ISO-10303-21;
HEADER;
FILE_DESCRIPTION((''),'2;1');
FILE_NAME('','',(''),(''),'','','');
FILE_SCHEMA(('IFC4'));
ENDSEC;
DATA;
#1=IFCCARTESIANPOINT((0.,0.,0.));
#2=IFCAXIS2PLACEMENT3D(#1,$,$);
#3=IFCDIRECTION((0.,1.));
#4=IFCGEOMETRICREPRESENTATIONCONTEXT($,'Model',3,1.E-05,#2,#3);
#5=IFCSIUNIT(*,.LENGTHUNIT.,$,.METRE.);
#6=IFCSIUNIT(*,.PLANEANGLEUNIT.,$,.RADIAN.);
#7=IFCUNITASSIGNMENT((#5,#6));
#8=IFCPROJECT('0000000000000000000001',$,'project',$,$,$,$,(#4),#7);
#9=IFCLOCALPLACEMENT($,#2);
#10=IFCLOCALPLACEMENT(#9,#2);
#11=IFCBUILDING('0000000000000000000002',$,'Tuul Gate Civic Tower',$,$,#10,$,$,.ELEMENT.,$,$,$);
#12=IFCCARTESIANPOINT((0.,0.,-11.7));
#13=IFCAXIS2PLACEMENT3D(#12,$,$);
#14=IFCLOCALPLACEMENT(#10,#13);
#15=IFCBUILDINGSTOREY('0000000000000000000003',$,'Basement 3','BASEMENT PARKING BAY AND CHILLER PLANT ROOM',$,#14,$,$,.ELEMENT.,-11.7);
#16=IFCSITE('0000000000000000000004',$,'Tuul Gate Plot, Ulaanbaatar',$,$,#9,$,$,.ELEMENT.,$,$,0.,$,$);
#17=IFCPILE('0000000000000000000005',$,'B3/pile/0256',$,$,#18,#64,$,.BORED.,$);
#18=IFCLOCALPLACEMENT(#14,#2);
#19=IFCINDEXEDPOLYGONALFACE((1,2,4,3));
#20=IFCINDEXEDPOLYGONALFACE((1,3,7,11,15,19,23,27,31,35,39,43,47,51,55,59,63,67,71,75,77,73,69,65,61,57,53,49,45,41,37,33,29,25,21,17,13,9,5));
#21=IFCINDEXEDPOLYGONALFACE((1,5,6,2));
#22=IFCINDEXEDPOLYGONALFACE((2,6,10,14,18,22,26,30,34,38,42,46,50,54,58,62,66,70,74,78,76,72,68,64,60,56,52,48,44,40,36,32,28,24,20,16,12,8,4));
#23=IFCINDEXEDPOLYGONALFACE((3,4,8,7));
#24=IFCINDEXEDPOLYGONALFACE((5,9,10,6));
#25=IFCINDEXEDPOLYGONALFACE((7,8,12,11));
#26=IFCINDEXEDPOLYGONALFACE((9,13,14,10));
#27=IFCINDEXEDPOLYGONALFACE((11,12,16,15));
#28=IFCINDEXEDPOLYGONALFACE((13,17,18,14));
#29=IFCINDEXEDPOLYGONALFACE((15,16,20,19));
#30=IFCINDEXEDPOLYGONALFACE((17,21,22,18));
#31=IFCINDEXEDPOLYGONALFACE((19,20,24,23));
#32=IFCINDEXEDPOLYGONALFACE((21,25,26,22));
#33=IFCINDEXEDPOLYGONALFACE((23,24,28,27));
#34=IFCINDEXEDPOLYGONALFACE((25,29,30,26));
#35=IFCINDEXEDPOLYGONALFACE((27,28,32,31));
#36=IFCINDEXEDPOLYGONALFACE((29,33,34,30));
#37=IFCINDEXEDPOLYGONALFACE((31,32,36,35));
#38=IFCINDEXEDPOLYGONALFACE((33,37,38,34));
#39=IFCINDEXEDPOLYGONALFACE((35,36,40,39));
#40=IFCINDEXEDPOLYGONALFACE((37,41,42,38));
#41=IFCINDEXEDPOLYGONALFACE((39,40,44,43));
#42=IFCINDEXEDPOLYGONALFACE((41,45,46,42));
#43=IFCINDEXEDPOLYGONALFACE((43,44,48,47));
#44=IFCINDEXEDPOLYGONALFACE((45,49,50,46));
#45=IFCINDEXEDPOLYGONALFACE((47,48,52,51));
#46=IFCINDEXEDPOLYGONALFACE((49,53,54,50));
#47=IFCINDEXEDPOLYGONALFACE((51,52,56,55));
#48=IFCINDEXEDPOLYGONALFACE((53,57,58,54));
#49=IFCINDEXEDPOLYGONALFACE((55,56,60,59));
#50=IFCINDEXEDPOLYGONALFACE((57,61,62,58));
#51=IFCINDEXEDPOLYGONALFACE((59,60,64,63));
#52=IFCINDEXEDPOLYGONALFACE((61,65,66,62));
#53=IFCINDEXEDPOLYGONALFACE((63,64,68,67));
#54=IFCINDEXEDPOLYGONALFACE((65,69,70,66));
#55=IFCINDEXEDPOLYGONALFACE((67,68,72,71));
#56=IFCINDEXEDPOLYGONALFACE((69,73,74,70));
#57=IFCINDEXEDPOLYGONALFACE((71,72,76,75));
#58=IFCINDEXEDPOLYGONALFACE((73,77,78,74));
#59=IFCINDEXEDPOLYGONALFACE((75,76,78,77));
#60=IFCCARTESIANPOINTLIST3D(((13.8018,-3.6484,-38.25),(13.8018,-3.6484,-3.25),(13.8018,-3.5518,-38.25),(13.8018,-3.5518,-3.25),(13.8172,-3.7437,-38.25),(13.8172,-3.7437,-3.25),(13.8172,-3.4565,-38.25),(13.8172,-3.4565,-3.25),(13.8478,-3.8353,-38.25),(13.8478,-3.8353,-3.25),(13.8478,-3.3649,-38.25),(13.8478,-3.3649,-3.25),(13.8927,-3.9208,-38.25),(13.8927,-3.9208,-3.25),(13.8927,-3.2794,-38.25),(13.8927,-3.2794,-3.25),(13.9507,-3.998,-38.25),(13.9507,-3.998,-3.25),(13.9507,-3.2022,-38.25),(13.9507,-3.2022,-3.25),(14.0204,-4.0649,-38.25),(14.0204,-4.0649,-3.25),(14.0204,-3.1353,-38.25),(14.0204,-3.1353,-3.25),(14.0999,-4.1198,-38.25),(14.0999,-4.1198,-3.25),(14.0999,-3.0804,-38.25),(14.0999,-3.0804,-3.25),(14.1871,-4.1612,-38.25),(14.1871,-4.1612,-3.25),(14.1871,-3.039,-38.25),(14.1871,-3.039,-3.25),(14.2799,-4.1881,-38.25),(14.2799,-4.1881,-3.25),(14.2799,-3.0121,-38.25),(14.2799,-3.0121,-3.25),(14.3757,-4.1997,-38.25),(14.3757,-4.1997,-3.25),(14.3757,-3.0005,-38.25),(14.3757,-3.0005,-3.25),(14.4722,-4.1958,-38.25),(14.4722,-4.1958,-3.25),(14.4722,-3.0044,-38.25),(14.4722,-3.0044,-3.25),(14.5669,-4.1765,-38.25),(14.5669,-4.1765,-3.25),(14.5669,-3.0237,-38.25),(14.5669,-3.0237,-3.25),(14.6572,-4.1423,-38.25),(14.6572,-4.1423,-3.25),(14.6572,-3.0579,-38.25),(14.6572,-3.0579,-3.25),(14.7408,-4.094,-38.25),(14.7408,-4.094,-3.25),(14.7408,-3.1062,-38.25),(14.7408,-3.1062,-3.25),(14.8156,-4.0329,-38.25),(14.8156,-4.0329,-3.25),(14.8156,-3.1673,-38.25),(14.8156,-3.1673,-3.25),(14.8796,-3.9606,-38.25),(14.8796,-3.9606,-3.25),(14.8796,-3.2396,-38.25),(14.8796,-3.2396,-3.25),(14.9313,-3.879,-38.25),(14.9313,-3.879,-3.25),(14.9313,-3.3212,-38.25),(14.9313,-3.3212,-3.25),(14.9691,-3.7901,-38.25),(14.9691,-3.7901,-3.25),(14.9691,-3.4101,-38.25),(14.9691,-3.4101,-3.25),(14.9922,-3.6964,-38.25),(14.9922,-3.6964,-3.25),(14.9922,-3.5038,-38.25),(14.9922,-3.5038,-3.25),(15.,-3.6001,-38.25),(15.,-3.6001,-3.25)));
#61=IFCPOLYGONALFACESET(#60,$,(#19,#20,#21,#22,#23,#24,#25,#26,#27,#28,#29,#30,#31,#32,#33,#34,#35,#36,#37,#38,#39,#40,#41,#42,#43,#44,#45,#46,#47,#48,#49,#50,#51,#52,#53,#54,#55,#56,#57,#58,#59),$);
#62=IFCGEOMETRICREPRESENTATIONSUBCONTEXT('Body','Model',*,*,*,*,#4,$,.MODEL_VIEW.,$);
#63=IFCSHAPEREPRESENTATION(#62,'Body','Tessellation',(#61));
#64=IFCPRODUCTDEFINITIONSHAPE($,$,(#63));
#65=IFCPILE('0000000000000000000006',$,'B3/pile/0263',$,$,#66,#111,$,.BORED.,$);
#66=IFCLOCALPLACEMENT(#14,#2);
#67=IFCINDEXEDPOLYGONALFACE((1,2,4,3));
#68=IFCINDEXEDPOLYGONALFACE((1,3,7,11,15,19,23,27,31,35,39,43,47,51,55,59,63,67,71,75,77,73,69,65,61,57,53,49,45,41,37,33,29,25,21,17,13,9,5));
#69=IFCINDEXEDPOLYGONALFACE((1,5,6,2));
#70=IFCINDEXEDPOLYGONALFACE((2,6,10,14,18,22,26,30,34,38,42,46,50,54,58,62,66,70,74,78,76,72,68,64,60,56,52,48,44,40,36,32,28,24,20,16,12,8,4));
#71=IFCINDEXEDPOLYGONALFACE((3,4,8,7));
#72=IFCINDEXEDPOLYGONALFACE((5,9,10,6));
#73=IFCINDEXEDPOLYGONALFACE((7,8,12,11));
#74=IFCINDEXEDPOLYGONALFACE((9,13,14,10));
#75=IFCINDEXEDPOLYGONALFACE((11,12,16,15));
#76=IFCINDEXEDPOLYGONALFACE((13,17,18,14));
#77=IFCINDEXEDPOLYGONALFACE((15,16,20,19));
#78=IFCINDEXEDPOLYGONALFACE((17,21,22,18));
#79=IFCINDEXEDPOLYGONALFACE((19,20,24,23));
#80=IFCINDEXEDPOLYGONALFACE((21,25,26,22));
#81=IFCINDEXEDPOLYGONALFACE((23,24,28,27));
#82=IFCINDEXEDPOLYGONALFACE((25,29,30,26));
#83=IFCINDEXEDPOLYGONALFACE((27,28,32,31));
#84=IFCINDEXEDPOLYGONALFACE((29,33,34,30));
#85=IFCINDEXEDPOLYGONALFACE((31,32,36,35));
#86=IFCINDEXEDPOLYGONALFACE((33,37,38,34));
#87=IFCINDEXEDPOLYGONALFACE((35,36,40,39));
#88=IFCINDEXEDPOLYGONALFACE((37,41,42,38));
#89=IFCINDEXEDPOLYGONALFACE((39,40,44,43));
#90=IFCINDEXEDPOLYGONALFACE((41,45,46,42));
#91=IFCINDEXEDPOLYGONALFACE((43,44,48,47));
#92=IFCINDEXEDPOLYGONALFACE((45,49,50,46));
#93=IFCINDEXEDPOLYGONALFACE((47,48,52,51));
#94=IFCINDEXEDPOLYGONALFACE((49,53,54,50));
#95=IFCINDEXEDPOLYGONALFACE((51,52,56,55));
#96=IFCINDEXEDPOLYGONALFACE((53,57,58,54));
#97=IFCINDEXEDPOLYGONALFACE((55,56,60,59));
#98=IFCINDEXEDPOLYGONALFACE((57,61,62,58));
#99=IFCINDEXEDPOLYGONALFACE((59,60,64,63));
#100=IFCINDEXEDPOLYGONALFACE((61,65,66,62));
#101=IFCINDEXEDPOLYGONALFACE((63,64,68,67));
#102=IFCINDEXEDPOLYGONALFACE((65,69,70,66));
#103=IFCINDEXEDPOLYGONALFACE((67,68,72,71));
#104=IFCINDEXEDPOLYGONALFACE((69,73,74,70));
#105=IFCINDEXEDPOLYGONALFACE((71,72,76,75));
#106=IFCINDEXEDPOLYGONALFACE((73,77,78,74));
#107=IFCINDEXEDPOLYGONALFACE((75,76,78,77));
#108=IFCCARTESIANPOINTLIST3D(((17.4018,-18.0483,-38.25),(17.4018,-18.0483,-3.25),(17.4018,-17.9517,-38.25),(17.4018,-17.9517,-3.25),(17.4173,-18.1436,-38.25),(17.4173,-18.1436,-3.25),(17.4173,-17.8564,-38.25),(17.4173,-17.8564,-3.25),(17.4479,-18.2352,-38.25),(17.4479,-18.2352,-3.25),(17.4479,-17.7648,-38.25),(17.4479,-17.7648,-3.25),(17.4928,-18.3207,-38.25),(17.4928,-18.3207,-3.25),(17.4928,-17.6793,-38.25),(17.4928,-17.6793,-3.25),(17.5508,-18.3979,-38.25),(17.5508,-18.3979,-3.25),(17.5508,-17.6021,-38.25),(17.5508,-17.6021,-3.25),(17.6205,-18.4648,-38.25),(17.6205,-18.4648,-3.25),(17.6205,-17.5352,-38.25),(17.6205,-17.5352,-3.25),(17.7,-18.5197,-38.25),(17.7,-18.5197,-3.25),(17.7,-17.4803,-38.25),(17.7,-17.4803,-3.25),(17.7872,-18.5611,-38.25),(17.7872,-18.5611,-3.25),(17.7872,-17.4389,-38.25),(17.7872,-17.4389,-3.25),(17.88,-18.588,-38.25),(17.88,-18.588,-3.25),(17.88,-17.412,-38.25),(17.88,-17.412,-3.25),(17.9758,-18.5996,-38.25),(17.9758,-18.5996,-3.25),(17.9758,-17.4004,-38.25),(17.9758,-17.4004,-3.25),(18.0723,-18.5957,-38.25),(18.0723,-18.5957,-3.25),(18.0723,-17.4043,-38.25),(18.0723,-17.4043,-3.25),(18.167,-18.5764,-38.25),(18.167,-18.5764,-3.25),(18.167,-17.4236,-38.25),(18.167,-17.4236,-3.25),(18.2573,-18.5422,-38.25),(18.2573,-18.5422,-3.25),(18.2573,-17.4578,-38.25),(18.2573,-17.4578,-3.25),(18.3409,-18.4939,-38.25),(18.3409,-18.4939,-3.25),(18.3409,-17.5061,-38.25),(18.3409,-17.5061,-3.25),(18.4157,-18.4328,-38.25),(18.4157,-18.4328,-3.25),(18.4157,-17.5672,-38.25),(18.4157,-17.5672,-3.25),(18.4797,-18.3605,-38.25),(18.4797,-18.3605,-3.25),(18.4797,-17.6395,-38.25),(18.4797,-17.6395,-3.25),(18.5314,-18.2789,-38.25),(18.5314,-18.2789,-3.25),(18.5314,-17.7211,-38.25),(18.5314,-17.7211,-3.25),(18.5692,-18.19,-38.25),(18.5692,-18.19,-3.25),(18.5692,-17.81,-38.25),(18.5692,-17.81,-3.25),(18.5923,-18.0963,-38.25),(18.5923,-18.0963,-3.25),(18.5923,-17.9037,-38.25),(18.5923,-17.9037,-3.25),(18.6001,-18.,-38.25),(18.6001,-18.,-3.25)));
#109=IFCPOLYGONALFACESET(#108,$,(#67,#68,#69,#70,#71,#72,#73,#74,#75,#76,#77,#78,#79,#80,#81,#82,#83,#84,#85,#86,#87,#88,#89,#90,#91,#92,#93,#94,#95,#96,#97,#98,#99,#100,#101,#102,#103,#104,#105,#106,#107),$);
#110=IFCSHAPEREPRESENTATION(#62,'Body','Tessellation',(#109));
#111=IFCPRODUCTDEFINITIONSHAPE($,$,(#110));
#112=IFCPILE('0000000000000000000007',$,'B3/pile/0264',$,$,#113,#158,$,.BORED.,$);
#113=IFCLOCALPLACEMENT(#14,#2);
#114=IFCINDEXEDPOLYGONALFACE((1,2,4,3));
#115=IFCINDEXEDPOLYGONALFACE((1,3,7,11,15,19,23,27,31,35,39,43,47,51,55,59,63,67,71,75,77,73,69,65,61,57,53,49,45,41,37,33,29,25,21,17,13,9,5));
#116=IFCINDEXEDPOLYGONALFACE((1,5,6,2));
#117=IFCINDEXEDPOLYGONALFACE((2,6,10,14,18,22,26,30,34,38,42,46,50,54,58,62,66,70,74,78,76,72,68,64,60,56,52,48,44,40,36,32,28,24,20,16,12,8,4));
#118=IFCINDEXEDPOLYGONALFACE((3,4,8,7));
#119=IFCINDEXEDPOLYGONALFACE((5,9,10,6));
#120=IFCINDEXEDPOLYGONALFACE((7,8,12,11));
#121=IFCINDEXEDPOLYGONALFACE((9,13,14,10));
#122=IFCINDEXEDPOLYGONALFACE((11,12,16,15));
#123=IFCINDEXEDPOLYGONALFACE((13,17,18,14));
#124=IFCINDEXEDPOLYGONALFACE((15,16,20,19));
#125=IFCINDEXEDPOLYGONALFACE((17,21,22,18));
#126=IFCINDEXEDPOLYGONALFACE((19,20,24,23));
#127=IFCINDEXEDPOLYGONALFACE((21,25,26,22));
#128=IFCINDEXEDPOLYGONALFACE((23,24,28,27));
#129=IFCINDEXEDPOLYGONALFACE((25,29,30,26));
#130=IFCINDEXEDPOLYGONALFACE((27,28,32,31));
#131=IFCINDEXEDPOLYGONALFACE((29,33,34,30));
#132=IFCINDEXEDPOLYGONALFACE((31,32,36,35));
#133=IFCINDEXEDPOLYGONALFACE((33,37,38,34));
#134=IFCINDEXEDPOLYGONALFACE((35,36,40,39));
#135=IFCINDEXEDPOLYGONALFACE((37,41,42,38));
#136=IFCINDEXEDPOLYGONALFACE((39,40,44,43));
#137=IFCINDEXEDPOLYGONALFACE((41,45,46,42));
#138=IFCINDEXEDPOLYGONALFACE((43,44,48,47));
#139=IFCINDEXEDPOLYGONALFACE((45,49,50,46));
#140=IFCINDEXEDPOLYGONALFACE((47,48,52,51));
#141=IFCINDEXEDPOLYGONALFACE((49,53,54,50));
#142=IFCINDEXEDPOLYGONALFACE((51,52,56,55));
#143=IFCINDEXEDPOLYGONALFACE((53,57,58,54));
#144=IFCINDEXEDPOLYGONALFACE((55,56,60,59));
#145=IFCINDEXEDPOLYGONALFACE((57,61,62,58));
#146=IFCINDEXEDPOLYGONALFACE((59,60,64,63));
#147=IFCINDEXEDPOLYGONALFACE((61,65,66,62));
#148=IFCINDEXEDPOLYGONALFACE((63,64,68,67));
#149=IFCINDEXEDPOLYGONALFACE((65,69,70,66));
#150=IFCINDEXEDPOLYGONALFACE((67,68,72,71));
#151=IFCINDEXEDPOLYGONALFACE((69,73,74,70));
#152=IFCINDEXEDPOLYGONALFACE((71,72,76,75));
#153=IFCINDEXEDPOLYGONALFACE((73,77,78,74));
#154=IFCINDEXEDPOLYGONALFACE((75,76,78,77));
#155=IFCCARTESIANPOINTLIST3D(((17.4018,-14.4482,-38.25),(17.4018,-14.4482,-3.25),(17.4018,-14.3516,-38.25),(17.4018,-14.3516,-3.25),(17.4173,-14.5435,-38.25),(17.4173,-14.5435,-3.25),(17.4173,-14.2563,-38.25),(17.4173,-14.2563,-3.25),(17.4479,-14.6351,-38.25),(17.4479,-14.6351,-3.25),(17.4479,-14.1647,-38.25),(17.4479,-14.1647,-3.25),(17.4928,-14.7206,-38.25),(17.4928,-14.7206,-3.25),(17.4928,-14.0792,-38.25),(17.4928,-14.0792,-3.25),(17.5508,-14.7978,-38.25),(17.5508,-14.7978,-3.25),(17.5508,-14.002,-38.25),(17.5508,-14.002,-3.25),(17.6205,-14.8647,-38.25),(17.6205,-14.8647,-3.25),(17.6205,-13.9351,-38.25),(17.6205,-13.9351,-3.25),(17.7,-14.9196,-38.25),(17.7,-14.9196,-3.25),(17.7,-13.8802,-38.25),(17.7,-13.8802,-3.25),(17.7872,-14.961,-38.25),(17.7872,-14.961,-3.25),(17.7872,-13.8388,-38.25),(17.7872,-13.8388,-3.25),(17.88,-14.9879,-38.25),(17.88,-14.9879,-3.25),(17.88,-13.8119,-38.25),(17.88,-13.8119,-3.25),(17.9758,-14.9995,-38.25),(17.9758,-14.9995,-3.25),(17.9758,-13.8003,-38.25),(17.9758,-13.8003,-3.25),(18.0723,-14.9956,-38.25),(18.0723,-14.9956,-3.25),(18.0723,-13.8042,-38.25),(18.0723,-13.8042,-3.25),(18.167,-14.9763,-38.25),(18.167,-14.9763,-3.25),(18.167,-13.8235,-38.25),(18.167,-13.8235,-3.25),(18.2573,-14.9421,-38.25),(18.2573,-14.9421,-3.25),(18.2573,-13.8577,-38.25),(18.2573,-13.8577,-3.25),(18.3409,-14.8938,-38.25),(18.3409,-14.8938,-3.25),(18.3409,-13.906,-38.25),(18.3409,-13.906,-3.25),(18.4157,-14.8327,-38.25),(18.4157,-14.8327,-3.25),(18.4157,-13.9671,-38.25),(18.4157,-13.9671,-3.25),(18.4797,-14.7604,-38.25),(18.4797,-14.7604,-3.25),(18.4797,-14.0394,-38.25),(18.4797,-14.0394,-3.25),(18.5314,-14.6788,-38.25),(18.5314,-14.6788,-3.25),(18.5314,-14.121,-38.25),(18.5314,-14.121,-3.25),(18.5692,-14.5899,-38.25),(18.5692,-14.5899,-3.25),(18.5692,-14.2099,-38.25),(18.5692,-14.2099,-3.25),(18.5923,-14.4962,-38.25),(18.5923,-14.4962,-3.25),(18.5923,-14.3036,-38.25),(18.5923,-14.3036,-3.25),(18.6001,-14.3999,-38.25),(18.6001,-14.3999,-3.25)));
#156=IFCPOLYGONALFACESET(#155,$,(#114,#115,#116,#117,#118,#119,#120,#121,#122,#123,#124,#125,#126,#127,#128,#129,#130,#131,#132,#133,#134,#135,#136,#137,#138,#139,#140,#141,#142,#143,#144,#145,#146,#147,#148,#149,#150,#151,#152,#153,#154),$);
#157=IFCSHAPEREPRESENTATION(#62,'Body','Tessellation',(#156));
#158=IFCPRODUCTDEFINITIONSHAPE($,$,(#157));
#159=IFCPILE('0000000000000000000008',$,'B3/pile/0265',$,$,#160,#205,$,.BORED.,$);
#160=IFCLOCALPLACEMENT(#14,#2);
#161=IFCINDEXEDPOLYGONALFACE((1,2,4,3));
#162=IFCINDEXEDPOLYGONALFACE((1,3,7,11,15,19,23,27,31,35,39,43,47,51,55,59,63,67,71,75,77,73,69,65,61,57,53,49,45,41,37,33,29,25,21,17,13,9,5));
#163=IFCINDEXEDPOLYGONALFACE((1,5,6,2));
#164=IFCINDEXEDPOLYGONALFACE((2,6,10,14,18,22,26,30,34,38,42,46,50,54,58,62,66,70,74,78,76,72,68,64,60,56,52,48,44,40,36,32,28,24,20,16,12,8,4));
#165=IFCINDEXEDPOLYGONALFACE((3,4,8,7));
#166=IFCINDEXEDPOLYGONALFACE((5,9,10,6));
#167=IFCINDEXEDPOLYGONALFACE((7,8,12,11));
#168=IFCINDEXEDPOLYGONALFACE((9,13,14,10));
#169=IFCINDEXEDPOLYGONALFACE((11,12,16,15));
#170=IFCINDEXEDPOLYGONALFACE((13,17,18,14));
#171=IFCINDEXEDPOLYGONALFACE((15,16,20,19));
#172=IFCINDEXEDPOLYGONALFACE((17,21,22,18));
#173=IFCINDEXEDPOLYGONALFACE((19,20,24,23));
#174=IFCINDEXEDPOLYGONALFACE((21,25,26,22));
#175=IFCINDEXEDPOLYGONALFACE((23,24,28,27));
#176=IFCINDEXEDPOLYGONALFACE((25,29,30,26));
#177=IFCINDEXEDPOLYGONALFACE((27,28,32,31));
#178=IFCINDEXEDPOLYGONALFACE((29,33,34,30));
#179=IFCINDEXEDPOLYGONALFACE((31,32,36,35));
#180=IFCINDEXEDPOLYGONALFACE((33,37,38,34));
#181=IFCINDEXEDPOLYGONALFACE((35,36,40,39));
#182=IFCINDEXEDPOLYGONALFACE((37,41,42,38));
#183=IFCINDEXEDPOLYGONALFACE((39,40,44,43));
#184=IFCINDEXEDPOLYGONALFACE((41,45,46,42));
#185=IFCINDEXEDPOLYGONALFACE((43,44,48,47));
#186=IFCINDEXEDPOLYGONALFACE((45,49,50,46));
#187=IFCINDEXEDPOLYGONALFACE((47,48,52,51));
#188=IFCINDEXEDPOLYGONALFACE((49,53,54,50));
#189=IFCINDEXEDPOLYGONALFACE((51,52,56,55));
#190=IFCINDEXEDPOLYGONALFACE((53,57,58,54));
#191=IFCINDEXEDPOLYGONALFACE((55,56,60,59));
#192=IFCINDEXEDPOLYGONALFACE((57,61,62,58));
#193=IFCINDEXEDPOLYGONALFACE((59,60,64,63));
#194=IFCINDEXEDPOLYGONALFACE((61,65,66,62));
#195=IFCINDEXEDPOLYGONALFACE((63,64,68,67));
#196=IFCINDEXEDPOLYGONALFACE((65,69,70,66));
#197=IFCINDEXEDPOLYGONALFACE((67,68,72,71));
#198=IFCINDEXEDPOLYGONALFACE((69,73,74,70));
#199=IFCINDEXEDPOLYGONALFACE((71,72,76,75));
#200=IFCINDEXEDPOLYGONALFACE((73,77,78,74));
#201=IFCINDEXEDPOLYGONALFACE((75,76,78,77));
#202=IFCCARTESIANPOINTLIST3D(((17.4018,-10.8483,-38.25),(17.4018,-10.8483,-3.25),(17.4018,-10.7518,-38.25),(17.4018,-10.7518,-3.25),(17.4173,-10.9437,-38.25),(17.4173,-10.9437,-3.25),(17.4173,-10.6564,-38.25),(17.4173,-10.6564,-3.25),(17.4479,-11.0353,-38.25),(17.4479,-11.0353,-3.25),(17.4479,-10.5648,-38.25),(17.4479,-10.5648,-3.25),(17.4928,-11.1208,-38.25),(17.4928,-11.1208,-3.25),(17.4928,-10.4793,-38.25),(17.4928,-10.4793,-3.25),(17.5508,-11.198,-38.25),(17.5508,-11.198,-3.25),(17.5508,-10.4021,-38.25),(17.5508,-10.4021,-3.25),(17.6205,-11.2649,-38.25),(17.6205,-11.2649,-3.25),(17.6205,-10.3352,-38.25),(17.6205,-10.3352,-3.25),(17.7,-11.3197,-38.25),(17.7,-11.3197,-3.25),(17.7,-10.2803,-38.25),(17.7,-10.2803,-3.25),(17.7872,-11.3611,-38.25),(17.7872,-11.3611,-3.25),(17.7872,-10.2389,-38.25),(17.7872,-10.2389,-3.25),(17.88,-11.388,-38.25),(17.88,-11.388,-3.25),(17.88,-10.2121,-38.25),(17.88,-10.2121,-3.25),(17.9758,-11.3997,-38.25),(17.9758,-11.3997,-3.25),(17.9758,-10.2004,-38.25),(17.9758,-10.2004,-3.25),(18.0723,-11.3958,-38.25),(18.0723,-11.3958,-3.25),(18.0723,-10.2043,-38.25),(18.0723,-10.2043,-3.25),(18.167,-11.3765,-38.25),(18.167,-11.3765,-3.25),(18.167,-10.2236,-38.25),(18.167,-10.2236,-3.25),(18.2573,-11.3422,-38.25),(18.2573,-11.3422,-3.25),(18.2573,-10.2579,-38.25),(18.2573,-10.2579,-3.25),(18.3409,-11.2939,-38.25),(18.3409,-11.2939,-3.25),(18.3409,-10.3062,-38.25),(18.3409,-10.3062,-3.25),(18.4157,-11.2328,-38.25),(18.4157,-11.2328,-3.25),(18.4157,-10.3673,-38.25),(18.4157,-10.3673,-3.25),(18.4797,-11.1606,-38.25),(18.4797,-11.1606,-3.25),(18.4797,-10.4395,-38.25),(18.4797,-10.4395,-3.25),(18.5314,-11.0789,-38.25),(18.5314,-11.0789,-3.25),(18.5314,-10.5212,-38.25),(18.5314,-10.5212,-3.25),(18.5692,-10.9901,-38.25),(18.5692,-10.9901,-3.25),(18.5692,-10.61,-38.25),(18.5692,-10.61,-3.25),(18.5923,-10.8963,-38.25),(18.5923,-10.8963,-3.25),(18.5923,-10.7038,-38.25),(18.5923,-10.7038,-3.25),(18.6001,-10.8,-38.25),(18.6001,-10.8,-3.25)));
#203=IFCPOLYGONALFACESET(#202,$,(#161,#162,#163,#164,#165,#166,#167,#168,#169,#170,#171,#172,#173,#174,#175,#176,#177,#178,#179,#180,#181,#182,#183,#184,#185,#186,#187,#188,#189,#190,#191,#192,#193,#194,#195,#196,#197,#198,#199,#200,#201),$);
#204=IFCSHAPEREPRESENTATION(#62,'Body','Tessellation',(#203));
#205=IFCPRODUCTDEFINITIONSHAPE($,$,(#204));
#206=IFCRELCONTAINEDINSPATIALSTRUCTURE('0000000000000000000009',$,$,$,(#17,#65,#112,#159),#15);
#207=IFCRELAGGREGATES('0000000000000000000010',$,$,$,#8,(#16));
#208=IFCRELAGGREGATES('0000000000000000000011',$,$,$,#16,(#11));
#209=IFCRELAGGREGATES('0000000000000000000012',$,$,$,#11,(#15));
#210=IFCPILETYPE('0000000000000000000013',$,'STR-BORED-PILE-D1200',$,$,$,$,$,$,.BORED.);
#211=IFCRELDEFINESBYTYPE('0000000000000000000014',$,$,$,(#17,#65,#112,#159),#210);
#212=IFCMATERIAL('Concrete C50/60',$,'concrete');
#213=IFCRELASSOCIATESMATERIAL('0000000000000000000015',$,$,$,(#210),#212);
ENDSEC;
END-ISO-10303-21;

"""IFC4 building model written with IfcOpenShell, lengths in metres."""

from ifc_helpers import new_model, si_unit, direction, frame, origin, origin_2d, place, context, subcontext, project, spatial, circle, extrude, material, material_profile, profile_set, type_object, element, save


model = new_model("IFC4")

# Units and contexts
model_context = context("Model", 3, precision=1e-05, world=origin(), true_north=direction((0.0, 1.0)))
body_context = subcontext(model_context, "Body", "Model", "MODEL_VIEW")
ifc_project = project(units=[si_unit("LENGTHUNIT", "METRE"), si_unit("PLANEANGLEUNIT", "RADIAN")], contexts=[model_context])

# Site, building, storey
site_placement = place(None, origin())
site = spatial("IfcSite", under=ifc_project, at=site_placement, Name="Tuul Gate Plot, Ulaanbaatar", CompositionType="ELEMENT", RefElevation=0.0)
building_placement = place(site_placement, origin())
building = spatial("IfcBuilding", under=site, at=building_placement, Name="Tuul Gate Civic Tower", CompositionType="ELEMENT")
storey_placement = place(building_placement, frame((0.0, 0.0, -11.7)))
storey = spatial("IfcBuildingStorey", under=building, at=storey_placement, Name="Basement 3", Description="BASEMENT PARKING BAY AND CHILLER PLANT ROOM", CompositionType="ELEMENT", Elevation=-11.7)

# Piles
ifc_material_1 = material(Name="Concrete C50/60", Category="concrete")
ifc_material_profile_1 = material_profile(ifc_material_1, circle(Radius=0.6001, at=origin_2d()), Name="PILE1200")
ifc_profile_set_1 = profile_set([ifc_material_profile_1], Name="Concrete C50/60")
pile_type = type_object("IfcPileType", Name="STR-BORED-PILE-D1200", PredefinedType="BORED", material=ifc_profile_set_1)
for number, where, z_axis, x_axis, name in (
    (1, (14.3999, -3.6001, -3.25), (0.0, 0.0, -1.0), (1.0, 0.0, 0.0), "B3/pile/0256"),
    (2, (18.0, -18.0, -3.25), (0.0, 0.0, -1.0), (1.0, 0.0, 0.0), "B3/pile/0263"),
    (3, (18.0, -14.3999, -3.25), (0.0, 0.0, -1.0), (1.0, 0.0, 0.0), "B3/pile/0264"),
    (4, (18.0, -10.8, -3.25), (0.0, 0.0, -1.0), (1.0, 0.0, 0.0), "B3/pile/0265"),
):
    element("IfcPile", number, at=place(storey_placement, frame(where, z_axis=z_axis, x_axis=x_axis)), inside=storey, type_object=pile_type, Name=name, PredefinedType="BORED", context=body_context, shape_type="SweptSolid", body=[
        extrude(circle(Radius=0.6001, at=origin_2d()), origin(), (0.0, 0.0, 1.0), 35.0),
    ])

save(model, "model.ifc")
